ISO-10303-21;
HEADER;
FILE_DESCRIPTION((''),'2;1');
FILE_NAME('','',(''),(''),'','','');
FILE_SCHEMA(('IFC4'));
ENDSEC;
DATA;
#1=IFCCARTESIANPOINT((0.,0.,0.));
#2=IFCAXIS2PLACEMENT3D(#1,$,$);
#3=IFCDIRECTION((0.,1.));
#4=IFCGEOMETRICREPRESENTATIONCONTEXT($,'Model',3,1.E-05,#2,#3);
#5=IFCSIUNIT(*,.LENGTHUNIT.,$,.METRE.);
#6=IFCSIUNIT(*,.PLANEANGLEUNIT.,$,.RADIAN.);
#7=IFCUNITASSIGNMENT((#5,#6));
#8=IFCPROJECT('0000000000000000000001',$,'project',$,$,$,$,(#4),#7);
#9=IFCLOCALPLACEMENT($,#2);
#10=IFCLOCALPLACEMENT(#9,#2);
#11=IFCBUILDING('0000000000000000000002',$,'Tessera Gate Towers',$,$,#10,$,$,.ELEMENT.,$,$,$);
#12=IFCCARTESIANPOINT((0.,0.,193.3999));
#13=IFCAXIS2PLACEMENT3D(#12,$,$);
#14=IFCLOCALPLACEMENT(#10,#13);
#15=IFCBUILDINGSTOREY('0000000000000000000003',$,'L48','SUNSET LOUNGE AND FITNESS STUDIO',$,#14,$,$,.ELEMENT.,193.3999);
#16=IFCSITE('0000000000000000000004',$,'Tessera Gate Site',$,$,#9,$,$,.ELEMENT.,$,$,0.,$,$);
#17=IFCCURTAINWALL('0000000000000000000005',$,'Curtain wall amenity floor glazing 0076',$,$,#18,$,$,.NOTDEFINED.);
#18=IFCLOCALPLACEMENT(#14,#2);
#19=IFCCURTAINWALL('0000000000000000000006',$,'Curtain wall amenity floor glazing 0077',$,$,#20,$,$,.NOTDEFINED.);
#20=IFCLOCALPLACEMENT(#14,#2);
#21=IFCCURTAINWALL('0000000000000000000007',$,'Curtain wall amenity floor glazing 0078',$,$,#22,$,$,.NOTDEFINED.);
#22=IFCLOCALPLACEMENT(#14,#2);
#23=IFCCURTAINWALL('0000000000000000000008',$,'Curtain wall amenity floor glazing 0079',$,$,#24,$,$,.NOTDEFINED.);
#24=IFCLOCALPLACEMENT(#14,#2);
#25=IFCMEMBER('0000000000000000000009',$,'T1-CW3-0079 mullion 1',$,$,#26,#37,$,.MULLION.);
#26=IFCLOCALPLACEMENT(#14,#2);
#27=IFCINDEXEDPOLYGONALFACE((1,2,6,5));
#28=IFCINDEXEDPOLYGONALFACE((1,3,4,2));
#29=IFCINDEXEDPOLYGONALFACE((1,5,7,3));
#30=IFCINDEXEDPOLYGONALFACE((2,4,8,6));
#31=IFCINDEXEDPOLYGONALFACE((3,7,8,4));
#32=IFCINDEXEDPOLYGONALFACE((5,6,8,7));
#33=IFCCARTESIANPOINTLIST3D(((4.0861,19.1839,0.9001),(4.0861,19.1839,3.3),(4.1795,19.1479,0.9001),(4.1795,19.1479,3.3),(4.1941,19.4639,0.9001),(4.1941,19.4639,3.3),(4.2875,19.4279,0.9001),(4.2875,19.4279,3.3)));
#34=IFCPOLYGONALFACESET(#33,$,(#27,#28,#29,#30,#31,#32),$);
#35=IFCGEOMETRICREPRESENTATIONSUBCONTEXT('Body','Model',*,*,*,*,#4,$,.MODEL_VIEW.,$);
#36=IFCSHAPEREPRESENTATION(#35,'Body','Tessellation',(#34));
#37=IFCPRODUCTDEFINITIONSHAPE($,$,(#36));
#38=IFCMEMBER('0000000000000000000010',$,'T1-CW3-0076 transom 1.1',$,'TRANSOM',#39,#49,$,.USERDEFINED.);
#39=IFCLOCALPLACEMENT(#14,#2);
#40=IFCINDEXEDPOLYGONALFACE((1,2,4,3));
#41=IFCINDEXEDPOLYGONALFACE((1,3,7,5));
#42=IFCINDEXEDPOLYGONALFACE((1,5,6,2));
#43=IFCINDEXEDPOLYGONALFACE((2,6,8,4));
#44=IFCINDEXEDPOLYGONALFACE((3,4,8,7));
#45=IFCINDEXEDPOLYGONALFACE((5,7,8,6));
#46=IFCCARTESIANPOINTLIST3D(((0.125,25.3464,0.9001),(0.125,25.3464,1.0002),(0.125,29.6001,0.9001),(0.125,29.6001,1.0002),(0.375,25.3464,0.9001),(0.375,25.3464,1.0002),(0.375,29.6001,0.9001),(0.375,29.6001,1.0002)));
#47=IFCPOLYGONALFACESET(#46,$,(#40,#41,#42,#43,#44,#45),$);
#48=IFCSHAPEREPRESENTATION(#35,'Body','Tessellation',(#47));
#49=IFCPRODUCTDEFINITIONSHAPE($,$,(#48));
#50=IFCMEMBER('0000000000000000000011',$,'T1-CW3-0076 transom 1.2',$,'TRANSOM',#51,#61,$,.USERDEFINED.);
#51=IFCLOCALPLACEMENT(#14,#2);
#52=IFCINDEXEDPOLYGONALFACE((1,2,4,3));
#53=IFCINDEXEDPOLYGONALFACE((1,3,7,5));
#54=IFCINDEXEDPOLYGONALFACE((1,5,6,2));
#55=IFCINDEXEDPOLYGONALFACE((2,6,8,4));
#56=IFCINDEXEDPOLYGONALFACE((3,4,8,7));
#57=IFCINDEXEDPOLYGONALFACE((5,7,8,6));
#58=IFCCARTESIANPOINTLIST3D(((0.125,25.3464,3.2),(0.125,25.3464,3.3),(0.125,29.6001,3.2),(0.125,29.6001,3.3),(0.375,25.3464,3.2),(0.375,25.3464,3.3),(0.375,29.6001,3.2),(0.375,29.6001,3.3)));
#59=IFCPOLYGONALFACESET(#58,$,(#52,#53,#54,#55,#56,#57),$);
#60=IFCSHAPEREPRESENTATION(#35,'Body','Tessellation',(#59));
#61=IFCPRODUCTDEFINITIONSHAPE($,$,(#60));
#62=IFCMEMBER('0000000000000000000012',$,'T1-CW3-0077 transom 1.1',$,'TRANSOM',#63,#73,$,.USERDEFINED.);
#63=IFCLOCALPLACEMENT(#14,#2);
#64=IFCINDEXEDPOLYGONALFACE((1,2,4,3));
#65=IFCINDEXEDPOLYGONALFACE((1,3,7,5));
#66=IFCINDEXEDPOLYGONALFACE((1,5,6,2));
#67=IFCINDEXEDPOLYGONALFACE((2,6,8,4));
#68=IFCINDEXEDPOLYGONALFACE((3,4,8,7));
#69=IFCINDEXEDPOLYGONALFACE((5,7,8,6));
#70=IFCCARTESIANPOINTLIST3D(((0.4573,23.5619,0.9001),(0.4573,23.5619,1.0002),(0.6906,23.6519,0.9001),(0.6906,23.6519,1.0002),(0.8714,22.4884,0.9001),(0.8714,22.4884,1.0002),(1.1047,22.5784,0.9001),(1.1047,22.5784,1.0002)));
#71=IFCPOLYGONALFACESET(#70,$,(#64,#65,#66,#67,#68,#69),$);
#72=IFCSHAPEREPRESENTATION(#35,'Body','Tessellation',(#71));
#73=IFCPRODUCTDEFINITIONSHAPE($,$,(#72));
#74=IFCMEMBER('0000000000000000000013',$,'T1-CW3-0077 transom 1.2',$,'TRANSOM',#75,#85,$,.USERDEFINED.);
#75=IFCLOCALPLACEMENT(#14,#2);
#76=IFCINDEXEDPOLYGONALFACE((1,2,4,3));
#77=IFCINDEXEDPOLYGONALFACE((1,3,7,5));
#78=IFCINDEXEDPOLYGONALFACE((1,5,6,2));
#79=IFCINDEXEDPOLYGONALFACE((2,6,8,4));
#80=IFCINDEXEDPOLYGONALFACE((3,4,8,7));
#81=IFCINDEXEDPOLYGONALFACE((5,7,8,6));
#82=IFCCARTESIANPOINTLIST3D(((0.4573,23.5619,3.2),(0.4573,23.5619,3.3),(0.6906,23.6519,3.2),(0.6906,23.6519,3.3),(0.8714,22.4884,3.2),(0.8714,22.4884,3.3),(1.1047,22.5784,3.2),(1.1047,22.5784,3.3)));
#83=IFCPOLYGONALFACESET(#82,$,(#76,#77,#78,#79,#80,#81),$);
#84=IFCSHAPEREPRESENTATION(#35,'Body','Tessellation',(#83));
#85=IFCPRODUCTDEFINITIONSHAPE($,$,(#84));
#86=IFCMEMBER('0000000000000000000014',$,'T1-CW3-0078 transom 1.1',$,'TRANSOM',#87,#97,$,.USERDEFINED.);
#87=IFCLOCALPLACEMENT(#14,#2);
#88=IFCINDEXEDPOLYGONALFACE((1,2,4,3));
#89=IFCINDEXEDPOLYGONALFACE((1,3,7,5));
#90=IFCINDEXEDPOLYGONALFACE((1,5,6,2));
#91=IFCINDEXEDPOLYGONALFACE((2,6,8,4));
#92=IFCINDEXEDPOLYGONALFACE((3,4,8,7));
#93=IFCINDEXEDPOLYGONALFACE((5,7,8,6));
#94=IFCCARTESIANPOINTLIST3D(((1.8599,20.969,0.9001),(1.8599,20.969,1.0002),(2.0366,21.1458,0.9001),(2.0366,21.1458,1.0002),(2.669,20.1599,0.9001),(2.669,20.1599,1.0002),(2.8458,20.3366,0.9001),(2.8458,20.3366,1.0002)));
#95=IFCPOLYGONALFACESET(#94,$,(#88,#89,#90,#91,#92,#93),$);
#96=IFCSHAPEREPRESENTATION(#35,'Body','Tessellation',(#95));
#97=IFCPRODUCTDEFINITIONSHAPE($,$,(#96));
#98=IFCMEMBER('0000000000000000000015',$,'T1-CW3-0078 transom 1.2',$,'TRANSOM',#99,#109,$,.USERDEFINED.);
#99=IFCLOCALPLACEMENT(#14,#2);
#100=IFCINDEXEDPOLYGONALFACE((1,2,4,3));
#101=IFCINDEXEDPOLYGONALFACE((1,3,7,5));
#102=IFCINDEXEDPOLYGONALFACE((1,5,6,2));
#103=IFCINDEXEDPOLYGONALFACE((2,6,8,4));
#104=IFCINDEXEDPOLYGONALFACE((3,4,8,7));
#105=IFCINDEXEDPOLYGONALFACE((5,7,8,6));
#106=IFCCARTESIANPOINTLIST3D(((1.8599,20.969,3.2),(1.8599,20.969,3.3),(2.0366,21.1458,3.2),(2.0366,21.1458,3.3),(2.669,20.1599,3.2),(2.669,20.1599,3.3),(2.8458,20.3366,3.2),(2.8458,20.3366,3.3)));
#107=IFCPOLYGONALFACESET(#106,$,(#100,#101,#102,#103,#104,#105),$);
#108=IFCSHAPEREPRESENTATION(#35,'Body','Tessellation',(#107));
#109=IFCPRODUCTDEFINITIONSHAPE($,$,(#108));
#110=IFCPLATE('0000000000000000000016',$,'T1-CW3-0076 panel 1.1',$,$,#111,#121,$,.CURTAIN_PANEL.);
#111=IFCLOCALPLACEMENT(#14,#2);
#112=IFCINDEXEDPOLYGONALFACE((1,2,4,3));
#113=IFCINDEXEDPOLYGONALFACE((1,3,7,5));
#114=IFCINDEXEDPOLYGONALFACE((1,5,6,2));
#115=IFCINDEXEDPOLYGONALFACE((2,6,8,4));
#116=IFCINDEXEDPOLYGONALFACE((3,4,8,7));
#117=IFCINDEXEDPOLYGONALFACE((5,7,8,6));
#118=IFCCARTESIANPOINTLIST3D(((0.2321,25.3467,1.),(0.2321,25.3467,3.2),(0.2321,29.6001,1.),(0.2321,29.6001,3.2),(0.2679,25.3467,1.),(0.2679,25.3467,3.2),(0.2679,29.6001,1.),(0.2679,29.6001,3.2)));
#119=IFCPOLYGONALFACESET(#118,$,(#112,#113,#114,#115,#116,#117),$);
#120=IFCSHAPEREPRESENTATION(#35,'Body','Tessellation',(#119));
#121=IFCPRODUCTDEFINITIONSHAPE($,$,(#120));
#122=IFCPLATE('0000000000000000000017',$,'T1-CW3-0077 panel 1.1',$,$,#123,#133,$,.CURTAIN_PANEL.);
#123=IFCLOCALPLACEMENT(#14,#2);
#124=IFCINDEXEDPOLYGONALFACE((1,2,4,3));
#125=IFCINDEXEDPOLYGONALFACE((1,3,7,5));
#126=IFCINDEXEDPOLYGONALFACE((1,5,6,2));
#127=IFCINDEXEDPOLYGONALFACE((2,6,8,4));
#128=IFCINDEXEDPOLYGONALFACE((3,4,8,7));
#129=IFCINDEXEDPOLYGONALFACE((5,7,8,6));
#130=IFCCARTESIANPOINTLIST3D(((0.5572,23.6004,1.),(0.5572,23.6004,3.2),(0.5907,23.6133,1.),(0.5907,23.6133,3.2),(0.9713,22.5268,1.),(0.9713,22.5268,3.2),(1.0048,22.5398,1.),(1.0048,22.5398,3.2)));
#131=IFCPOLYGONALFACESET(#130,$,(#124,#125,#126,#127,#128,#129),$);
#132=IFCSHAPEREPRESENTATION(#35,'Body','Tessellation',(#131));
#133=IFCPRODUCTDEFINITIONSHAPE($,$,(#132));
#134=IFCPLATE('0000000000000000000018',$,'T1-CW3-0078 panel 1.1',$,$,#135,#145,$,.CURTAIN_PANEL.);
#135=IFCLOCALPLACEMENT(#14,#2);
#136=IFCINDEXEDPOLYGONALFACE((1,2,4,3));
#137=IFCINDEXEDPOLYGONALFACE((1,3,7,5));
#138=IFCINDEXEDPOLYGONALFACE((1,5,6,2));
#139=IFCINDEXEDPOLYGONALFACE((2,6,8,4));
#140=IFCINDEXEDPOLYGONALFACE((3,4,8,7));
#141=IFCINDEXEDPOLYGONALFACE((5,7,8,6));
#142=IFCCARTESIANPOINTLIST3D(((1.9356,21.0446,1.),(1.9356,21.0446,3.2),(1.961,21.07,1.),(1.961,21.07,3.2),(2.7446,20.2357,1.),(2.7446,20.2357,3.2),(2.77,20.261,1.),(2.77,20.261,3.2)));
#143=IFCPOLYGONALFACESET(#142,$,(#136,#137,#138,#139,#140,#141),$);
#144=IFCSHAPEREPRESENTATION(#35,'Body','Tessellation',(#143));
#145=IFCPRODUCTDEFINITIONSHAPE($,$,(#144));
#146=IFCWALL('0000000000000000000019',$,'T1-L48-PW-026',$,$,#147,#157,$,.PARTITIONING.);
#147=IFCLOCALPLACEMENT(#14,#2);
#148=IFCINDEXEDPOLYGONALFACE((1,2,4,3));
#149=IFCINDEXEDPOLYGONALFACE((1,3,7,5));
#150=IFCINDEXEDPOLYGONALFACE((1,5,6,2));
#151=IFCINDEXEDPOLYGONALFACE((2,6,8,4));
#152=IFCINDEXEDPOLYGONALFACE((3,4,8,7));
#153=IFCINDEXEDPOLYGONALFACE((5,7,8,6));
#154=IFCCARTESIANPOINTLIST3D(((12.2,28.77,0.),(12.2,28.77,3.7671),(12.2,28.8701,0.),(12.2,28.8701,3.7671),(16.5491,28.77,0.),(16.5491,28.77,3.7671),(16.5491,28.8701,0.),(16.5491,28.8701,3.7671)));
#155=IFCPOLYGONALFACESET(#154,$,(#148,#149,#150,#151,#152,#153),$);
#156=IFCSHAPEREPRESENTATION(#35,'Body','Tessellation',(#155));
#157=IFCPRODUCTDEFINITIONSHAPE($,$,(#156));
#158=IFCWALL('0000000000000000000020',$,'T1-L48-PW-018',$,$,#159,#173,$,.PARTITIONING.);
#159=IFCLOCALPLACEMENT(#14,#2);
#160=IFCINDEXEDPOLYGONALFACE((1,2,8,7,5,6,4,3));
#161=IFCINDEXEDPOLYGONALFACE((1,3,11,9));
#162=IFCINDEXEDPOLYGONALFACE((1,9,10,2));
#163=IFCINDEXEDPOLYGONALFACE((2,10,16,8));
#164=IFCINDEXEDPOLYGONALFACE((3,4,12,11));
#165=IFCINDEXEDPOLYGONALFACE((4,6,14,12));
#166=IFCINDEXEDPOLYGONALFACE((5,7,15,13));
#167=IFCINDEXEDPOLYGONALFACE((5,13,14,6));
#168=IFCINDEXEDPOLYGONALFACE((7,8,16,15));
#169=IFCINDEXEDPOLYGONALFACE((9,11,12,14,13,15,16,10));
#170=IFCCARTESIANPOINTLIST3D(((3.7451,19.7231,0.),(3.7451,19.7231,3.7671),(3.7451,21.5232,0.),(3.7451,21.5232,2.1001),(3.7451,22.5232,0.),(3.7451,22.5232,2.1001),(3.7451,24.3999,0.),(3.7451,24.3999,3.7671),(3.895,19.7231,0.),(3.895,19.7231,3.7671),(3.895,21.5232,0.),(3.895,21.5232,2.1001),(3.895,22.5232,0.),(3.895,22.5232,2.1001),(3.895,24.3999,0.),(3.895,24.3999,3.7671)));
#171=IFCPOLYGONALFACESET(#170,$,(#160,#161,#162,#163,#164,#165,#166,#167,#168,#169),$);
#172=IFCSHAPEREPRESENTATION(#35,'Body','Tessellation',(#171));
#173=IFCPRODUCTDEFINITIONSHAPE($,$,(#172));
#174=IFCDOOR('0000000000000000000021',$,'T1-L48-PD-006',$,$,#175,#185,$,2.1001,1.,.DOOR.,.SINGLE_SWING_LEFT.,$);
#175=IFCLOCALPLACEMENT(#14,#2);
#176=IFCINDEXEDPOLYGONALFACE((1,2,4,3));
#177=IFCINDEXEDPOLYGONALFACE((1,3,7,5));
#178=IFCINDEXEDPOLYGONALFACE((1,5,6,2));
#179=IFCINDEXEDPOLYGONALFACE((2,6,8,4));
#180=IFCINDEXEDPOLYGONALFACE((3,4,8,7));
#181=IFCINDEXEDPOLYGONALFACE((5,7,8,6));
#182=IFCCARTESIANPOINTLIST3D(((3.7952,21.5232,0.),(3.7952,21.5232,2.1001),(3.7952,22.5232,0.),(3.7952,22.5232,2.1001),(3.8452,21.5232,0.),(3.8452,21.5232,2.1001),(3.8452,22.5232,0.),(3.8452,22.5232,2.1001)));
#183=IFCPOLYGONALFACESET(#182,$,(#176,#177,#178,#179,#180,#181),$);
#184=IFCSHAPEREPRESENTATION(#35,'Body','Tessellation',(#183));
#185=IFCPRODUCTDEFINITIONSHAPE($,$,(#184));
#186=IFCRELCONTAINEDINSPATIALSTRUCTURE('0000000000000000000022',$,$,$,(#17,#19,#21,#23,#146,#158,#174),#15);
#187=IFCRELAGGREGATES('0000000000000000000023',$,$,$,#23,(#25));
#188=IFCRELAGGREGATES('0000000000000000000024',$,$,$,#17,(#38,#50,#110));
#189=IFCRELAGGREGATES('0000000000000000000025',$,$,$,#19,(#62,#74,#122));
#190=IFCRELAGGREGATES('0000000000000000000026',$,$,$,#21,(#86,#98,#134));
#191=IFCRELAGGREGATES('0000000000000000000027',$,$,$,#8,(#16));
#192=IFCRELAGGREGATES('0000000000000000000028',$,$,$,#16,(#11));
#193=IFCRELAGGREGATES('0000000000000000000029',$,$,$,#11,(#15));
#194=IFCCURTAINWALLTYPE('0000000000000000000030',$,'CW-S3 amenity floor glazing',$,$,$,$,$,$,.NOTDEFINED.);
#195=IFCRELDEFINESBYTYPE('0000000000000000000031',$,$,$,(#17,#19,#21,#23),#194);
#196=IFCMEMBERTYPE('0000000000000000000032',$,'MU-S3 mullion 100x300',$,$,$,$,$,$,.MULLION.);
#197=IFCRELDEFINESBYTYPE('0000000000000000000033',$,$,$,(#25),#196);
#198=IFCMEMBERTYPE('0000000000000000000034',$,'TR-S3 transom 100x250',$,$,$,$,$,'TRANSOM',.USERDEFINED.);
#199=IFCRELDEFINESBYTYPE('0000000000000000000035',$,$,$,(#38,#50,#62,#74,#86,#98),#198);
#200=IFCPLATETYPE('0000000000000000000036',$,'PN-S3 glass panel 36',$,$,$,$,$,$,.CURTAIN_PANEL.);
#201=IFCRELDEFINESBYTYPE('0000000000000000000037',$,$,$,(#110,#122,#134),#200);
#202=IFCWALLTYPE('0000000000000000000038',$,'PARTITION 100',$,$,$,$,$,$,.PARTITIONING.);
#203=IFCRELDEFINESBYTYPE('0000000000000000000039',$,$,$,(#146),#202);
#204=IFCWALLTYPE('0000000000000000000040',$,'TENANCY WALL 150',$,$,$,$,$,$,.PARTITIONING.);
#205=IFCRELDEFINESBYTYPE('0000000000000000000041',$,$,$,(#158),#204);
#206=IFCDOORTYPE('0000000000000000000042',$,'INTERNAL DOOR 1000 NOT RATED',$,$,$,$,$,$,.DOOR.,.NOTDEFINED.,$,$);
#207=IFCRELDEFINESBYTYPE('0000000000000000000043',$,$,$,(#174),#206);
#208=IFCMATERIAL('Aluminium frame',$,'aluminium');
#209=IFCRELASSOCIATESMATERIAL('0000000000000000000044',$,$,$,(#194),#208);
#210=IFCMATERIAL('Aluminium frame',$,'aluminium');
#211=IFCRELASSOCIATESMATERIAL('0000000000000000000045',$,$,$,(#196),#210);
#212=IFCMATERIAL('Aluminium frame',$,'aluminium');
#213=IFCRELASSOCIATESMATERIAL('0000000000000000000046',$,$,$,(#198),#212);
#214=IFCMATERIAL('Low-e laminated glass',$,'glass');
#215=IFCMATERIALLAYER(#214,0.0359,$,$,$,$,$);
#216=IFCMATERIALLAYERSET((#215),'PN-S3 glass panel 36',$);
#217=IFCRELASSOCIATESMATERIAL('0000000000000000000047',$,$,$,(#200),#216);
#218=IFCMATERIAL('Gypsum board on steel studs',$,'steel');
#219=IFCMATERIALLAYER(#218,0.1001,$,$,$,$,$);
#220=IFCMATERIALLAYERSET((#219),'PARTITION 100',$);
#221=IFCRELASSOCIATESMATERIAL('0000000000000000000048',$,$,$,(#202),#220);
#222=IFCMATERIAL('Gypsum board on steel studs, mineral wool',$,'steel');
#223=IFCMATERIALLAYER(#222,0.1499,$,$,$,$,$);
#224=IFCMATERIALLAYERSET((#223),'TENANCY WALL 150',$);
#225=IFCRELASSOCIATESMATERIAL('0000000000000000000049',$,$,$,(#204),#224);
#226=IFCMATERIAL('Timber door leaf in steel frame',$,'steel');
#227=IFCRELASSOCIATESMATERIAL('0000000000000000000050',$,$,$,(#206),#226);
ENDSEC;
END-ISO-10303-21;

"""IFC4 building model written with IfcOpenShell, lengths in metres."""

from ifc_helpers import new_model, si_unit, direction, frame, frame_2d, origin, origin_2d, place, context, subcontext, project, spatial, rectangle, extrude, source, transform, mapped, material, layer, layer_set, material_profile, profile_set, type_object, element, fill, aggregate, save


model = new_model("IFC4")

# Units and contexts
model_context = context("Model", 3, precision=1e-05, world=origin(), true_north=direction((0.0, 1.0)))
body_context = subcontext(model_context, "Body", "Model", "MODEL_VIEW")
ifc_project = project(units=[si_unit("LENGTHUNIT", "METRE"), si_unit("PLANEANGLEUNIT", "RADIAN")], contexts=[model_context])

# Site, building, storey
site_placement = place(None, origin())
site = spatial("IfcSite", under=ifc_project, at=site_placement, Name="Tessera Gate Site", CompositionType="ELEMENT", RefElevation=0.0)
building_placement = place(site_placement, origin())
building = spatial("IfcBuilding", under=site, at=building_placement, Name="Tessera Gate Towers", CompositionType="ELEMENT")
storey_placement = place(building_placement, frame((0.0, 0.0, 193.3999)))
storey = spatial("IfcBuildingStorey", under=building, at=storey_placement, Name="L48", Description="SUNSET LOUNGE AND FITNESS STUDIO", CompositionType="ELEMENT", Elevation=193.3999)

# Curtain walls
ifc_material_1 = material(Name="Aluminium frame", Category="aluminium")
curtain_wall_type = type_object("IfcCurtainWallType", Name="CW-S3 amenity floor glazing", PredefinedType="NOTDEFINED", material=ifc_material_1)
curtain_wall_1_placement = place(storey_placement, origin())
curtain_wall_1 = element("IfcCurtainWall", 1, at=curtain_wall_1_placement, inside=storey, type_object=curtain_wall_type, Name="Curtain wall amenity floor glazing 0076", PredefinedType="NOTDEFINED")
ifc_material_2 = material(Name="Aluminium frame", Category="aluminium")
ifc_material_profile_1 = material_profile(ifc_material_2, rectangle(XDim=0.1001, YDim=0.3, at=origin_2d()), Name="AL 100x300")
ifc_profile_set_1 = profile_set([ifc_material_profile_1], Name="Aluminium frame")
member_type_1 = type_object("IfcMemberType", Name="MU-S3 mullion 100x300", PredefinedType="MULLION", material=ifc_profile_set_1)
curtain_wall_2_placement = place(storey_placement, origin())
curtain_wall_2 = element("IfcCurtainWall", 2, at=curtain_wall_2_placement, inside=storey, type_object=curtain_wall_type, Name="Curtain wall amenity floor glazing 0077", PredefinedType="NOTDEFINED")
curtain_wall_3_placement = place(storey_placement, origin())
curtain_wall_3 = element("IfcCurtainWall", 3, at=curtain_wall_3_placement, inside=storey, type_object=curtain_wall_type, Name="Curtain wall amenity floor glazing 0078", PredefinedType="NOTDEFINED")

# Curtain wall, member
curtain_wall_4_placement = place(storey_placement, origin())
curtain_wall_4 = element("IfcCurtainWall", 4, at=curtain_wall_4_placement, inside=storey, type_object=curtain_wall_type, Name="Curtain wall amenity floor glazing 0079", PredefinedType="NOTDEFINED")
member_1_placement = place(storey_placement, frame((4.1868, 19.3059, 0.9001), z_axis=(0.0, 0.0, 1.0), x_axis=(0.932989, -0.359904, 0.0)))
member_1 = element("IfcMember", 5, at=member_1_placement, type_object=member_type_1, Name="T1-CW3-0079 mullion 1", PredefinedType="MULLION", context=body_context, shape_type="SweptSolid", body=[
    extrude(rectangle(XDim=0.1001, YDim=0.3, at=origin_2d()), origin(), (0.0, 0.0, 1.0), 2.3999),
])
aggregate(curtain_wall_4, [member_1])

# Members
ifc_material_3 = material(Name="Aluminium frame", Category="aluminium")
ifc_material_profile_2 = material_profile(ifc_material_3, rectangle(XDim=0.25, YDim=0.1001, at=origin_2d()), Name="AL 100x250")
ifc_profile_set_2 = profile_set([ifc_material_profile_2], Name="Aluminium frame")
member_type_2 = type_object("IfcMemberType", Name="TR-S3 transom 100x250", ElementType="TRANSOM", PredefinedType="USERDEFINED", material=ifc_profile_set_2)
member_2_placement = place(storey_placement, frame((0.25, 29.6001, 0.9502), z_axis=(0.0, -1.0, 0.0), x_axis=(1.0, 0.0, 0.0)))
member_2 = element("IfcMember", 6, at=member_2_placement, type_object=member_type_2, Name="T1-CW3-0076 transom 1.1", ObjectType="TRANSOM", PredefinedType="USERDEFINED", context=body_context, shape_type="SweptSolid", body=[
    extrude(rectangle(XDim=0.25, YDim=0.1001, at=origin_2d()), origin(), (0.0, 0.0, 1.0), 4.2537),
])
member_3_placement = place(storey_placement, frame((0.25, 29.6001, 3.25), z_axis=(0.0, -1.0, 0.0), x_axis=(1.0, 0.0, 0.0)))
member_3 = element("IfcMember", 7, at=member_3_placement, type_object=member_type_2, Name="T1-CW3-0076 transom 1.2", ObjectType="TRANSOM", PredefinedType="USERDEFINED", context=body_context, shape_type="SweptSolid", body=[
    extrude(rectangle(XDim=0.25, YDim=0.1001, at=origin_2d()), origin(), (0.0, 0.0, 1.0), 4.2537),
])
member_4_placement = place(storey_placement, frame((0.574, 23.6069, 0.9502), z_axis=(0.359875, -0.933001, 0.0), x_axis=(0.933001, 0.359875, 0.0)))
member_4 = element("IfcMember", 8, at=member_4_placement, type_object=member_type_2, Name="T1-CW3-0077 transom 1.1", ObjectType="TRANSOM", PredefinedType="USERDEFINED", context=body_context, shape_type="SweptSolid", body=[
    extrude(rectangle(XDim=0.25, YDim=0.1001, at=origin_2d()), origin(), (0.0, 0.0, 1.0), 1.1506),
])
member_5_placement = place(storey_placement, frame((0.574, 23.6069, 3.25), z_axis=(0.359875, -0.933001, 0.0), x_axis=(0.933001, 0.359875, 0.0)))
member_5 = element("IfcMember", 9, at=member_5_placement, type_object=member_type_2, Name="T1-CW3-0077 transom 1.2", ObjectType="TRANSOM", PredefinedType="USERDEFINED", context=body_context, shape_type="SweptSolid", body=[
    extrude(rectangle(XDim=0.25, YDim=0.1001, at=origin_2d()), origin(), (0.0, 0.0, 1.0), 1.1506),
])
member_6_placement = place(storey_placement, frame((1.9482, 21.0574, 0.9502), z_axis=(0.707107, -0.707107, 0.0), x_axis=(0.707107, 0.707107, 0.0)))
member_6 = element("IfcMember", 10, at=member_6_placement, type_object=member_type_2, Name="T1-CW3-0078 transom 1.1", ObjectType="TRANSOM", PredefinedType="USERDEFINED", context=body_context, shape_type="SweptSolid", body=[
    extrude(rectangle(XDim=0.25, YDim=0.1001, at=origin_2d()), origin(), (0.0, 0.0, 1.0), 1.1443),
])
member_7_placement = place(storey_placement, frame((1.9482, 21.0574, 3.25), z_axis=(0.707107, -0.707107, 0.0), x_axis=(0.707107, 0.707107, 0.0)))
member_7 = element("IfcMember", 11, at=member_7_placement, type_object=member_type_2, Name="T1-CW3-0078 transom 1.2", ObjectType="TRANSOM", PredefinedType="USERDEFINED", context=body_context, shape_type="SweptSolid", body=[
    extrude(rectangle(XDim=0.25, YDim=0.1001, at=origin_2d()), origin(), (0.0, 0.0, 1.0), 1.1443),
])

# Plates
ifc_material_4 = material(Name="Low-e laminated glass", Category="glass")
ifc_layer_1 = layer(ifc_material_4, 0.0359)
ifc_layer_set_1 = layer_set([ifc_layer_1], Name="PN-S3 glass panel 36")
plate_type = type_object("IfcPlateType", Name="PN-S3 glass panel 36", PredefinedType="CURTAIN_PANEL", material=ifc_layer_set_1)
plate_1_placement = place(storey_placement, frame((0.25, 27.4734, 1.0), z_axis=(0.0, 0.0, 1.0), x_axis=(0.0, -1.0, 0.0)))
plate_1 = element("IfcPlate", 12, at=plate_1_placement, type_object=plate_type, Name="T1-CW3-0076 panel 1.1", PredefinedType="CURTAIN_PANEL", context=body_context, shape_type="SweptSolid", body=[
    extrude(rectangle(XDim=4.2534, YDim=0.0359, at=origin_2d()), origin(), (0.0, 0.0, 1.0), 2.2),
])
aggregate(curtain_wall_1, [member_2, member_3, plate_1])
plate_2_placement = place(storey_placement, frame((0.781, 23.0701, 1.0), z_axis=(0.0, 0.0, 1.0), x_axis=(0.359904, -0.932989, 0.0)))
plate_2 = element("IfcPlate", 13, at=plate_2_placement, type_object=plate_type, Name="T1-CW3-0077 panel 1.1", PredefinedType="CURTAIN_PANEL", context=body_context, shape_type="SweptSolid", body=[
    extrude(rectangle(XDim=1.1506, YDim=0.0359, at=origin_2d()), origin(), (0.0, 0.0, 1.0), 2.2),
])
aggregate(curtain_wall_2, [member_4, member_5, plate_2])
plate_3_placement = place(storey_placement, frame((2.3528, 20.6528, 1.0), z_axis=(0.0, 0.0, 1.0), x_axis=(0.707107, -0.707107, 0.0)))
plate_3 = element("IfcPlate", 14, at=plate_3_placement, type_object=plate_type, Name="T1-CW3-0078 panel 1.1", PredefinedType="CURTAIN_PANEL", context=body_context, shape_type="SweptSolid", body=[
    extrude(rectangle(XDim=1.144, YDim=0.0359, at=origin_2d()), origin(), (0.0, 0.0, 1.0), 2.2),
])
aggregate(curtain_wall_3, [member_6, member_7, plate_3])

# Wall
ifc_material_5 = material(Name="Gypsum board on steel studs", Category="steel")
ifc_layer_2 = layer(ifc_material_5, 0.1001)
ifc_layer_set_2 = layer_set([ifc_layer_2], Name="PARTITION 100")
wall_type_1 = type_object("IfcWallType", Name="PARTITION 100", PredefinedType="PARTITIONING", material=ifc_layer_set_2)
wall_1_placement = place(storey_placement, frame((12.2, 28.8201, 0.0), z_axis=(0.0, 0.0, 1.0), x_axis=(1.0, 0.0, 0.0)))
element("IfcWall", 15, at=wall_1_placement, inside=storey, type_object=wall_type_1, Name="T1-L48-PW-026", PredefinedType="PARTITIONING", context=body_context, shape_type="SweptSolid", body=[
    extrude(rectangle(XDim=4.3491, YDim=0.1001, at=frame_2d((2.1746, 0.0))), origin(), (0.0, 0.0, 1.0), 3.7671),
])

# Wall, opening, door
ifc_material_6 = material(Name="Gypsum board on steel studs, mineral wool", Category="steel")
ifc_layer_3 = layer(ifc_material_6, 0.1499)
ifc_layer_set_3 = layer_set([ifc_layer_3], Name="TENANCY WALL 150")
wall_type_2 = type_object("IfcWallType", Name="TENANCY WALL 150", PredefinedType="PARTITIONING", material=ifc_layer_set_3)
wall_2_placement = place(storey_placement, frame((3.8201, 19.7231, 0.0), z_axis=(0.0, 0.0, 1.0), x_axis=(0.0, 1.0, 0.0)))
wall_2 = element("IfcWall", 16, at=wall_2_placement, inside=storey, type_object=wall_type_2, Name="T1-L48-PW-018", PredefinedType="PARTITIONING", context=body_context, shape_type="SweptSolid", body=[
    extrude(rectangle(XDim=4.6768, YDim=0.1499, at=frame_2d((2.3384, 0.0))), origin(), (0.0, 0.0, 1.0), 3.7671),
])
shared_shape_1 = source(origin(), body_context, "Body", "SweptSolid", [
    extrude(rectangle(XDim=1.0, YDim=2.1001, at=frame_2d((0.5, 1.05))), frame((0.0, 0.085, 0.0), z_axis=(0.0, -1.0, 0.0), x_axis=(1.0, 0.0, 0.0)), (0.0, 0.0, 1.0), 0.1699),
])
opening_placement = place(wall_2_placement, frame((1.8, 0.0, 0.0)))
opening = element("IfcOpeningElement", 17, at=opening_placement, cuts=wall_2, PredefinedType="OPENING", context=body_context, shape_type="MappedRepresentation", body=[
    mapped(shared_shape_1, transform((0.0, 0.0, 0.0), scale=1.0)),
])
ifc_material_7 = material(Name="Timber door leaf in steel frame", Category="steel")
door_type = type_object("IfcDoorType", Name="INTERNAL DOOR 1000 NOT RATED", OperationType="NOTDEFINED", PredefinedType="DOOR", material=ifc_material_7)
shared_shape_2 = source(origin(), body_context, "Body", "SweptSolid", [
    extrude(rectangle(XDim=1.0, YDim=2.1001, at=frame_2d((0.5, 1.05))), frame((0.0, 0.0249, 0.0), z_axis=(0.0, -1.0, 0.0), x_axis=(1.0, 0.0, 0.0)), (0.0, 0.0, 1.0), 0.05),
])
door_placement = place(opening_placement, origin())
door = element("IfcDoor", 18, at=door_placement, inside=storey, type_object=door_type, Name="T1-L48-PD-006", OperationType="SINGLE_SWING_LEFT", OverallHeight=2.1001, OverallWidth=1.0, PredefinedType="DOOR", context=body_context, shape_type="MappedRepresentation", body=[
    mapped(shared_shape_2, transform((0.0, 0.0, 0.0), scale=1.0)),
])
fill(opening, door)

save(model, "model.ifc")
